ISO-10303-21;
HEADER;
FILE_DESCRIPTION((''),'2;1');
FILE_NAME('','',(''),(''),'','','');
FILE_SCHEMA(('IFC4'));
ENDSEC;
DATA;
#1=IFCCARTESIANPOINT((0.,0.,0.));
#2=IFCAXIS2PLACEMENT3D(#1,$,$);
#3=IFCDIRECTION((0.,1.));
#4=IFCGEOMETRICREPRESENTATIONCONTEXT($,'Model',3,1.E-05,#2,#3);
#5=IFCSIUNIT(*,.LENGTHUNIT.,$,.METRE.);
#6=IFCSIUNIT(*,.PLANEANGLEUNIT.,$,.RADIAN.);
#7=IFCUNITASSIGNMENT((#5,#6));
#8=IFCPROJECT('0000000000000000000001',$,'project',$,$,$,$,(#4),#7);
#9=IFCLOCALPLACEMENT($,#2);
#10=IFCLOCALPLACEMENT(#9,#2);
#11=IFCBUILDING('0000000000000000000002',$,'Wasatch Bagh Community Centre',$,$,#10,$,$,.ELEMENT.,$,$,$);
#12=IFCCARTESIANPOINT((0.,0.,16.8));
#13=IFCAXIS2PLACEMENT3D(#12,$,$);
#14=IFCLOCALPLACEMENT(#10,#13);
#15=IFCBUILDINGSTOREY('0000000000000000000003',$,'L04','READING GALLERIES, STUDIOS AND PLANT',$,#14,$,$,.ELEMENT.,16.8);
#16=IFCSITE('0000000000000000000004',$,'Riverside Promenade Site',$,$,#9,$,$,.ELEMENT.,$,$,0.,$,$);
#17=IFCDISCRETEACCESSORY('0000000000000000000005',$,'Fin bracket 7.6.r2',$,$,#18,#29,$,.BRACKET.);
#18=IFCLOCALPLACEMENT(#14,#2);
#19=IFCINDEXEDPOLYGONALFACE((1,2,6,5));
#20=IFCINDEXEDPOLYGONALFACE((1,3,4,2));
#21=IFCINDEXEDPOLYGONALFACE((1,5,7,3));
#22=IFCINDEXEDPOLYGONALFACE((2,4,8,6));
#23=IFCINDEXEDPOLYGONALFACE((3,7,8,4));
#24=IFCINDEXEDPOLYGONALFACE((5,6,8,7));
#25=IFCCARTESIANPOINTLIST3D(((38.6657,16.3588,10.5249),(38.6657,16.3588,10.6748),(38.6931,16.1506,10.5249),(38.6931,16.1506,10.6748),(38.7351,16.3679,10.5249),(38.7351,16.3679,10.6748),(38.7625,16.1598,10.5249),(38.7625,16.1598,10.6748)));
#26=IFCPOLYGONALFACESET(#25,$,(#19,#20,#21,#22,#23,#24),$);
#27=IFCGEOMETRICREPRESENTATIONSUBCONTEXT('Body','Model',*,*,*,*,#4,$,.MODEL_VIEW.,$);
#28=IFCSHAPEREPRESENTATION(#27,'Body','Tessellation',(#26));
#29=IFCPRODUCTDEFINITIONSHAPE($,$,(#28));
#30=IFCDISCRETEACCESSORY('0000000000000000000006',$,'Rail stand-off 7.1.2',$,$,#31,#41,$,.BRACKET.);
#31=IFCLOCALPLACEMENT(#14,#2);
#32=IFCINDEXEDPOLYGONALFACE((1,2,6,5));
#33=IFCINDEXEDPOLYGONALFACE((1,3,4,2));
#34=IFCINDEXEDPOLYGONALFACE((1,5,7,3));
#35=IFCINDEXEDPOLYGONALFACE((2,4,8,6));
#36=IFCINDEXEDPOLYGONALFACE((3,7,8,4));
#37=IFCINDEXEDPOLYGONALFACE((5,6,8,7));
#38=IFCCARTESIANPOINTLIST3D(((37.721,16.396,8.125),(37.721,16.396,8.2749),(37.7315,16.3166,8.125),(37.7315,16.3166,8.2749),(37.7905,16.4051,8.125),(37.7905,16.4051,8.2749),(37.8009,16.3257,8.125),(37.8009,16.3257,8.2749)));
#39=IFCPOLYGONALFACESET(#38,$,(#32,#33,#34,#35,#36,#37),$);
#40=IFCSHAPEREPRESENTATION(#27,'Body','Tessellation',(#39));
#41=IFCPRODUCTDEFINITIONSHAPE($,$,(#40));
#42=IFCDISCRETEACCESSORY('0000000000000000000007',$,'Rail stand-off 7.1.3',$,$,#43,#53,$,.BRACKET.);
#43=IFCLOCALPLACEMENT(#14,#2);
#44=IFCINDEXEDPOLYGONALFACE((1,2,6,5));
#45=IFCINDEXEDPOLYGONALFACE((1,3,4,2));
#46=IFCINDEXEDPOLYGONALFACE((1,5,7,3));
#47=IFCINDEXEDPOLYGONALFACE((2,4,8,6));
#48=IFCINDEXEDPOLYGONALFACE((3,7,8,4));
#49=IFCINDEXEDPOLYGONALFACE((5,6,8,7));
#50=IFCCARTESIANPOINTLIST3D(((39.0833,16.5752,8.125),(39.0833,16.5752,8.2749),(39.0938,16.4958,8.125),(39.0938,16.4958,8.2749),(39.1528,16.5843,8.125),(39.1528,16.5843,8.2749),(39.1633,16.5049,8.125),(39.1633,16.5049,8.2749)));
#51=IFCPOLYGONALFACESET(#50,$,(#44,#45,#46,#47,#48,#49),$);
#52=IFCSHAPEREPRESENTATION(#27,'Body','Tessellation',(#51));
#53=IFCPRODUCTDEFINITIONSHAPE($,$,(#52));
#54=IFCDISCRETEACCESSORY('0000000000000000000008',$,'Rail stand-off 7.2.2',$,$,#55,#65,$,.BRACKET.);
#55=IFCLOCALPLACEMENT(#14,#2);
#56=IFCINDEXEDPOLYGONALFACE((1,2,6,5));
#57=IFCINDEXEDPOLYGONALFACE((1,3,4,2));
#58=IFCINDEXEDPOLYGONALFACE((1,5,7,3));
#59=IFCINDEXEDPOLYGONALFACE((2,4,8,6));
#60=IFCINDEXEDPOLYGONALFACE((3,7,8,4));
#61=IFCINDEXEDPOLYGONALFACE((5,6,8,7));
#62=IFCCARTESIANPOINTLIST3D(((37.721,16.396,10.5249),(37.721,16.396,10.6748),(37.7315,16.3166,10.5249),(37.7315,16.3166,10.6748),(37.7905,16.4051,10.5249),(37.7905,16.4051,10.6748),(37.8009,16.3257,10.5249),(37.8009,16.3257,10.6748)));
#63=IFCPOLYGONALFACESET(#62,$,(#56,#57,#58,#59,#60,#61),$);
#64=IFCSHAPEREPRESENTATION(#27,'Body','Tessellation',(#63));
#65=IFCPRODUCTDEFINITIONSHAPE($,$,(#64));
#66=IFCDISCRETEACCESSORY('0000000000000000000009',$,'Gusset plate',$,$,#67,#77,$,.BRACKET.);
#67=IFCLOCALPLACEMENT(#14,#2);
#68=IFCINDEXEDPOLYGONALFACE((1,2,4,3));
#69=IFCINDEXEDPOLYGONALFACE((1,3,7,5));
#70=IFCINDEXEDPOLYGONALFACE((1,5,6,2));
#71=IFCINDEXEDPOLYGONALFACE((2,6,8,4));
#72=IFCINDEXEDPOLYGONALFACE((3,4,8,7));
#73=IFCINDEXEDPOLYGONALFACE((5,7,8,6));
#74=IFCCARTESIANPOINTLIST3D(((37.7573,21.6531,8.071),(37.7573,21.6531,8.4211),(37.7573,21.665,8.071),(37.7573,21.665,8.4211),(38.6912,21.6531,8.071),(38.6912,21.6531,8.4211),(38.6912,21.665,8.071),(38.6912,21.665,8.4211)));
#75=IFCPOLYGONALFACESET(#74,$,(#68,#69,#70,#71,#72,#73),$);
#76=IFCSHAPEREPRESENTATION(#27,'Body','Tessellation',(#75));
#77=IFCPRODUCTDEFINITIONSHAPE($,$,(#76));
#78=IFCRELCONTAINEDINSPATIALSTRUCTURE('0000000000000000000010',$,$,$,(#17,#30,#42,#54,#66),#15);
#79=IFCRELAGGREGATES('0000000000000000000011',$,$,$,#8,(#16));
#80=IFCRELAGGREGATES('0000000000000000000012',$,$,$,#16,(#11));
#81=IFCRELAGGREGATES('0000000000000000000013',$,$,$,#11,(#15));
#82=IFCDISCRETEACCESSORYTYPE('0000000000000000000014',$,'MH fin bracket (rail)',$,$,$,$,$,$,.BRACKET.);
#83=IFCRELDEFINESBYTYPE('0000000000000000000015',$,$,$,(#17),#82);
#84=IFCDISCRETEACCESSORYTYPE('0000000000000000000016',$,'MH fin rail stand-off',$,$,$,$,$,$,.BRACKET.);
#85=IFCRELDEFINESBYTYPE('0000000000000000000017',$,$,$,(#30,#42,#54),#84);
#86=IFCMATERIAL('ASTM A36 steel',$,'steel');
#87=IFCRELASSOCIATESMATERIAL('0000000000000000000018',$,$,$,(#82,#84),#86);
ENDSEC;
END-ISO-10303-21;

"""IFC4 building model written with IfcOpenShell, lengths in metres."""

from ifc_helpers import new_model, si_unit, direction, frame, origin, origin_2d, place, context, subcontext, project, spatial, polyline, rectangle, outline, extrude, material, type_object, element, save


model = new_model("IFC4")

# Units and contexts
model_context = context("Model", 3, precision=1e-05, world=origin(), true_north=direction((0.0, 1.0)))
body_context = subcontext(model_context, "Body", "Model", "MODEL_VIEW")
ifc_project = project(units=[si_unit("LENGTHUNIT", "METRE"), si_unit("PLANEANGLEUNIT", "RADIAN")], contexts=[model_context])

# Site, building, storey
site_placement = place(None, origin())
site = spatial("IfcSite", under=ifc_project, at=site_placement, Name="Riverside Promenade Site", CompositionType="ELEMENT", RefElevation=0.0)
building_placement = place(site_placement, origin())
building = spatial("IfcBuilding", under=site, at=building_placement, Name="Wasatch Bagh Community Centre", CompositionType="ELEMENT")
storey_placement = place(building_placement, frame((0.0, 0.0, 16.8)))
storey = spatial("IfcBuildingStorey", under=building, at=storey_placement, Name="L04", Description="READING GALLERIES, STUDIOS AND PLANT", CompositionType="ELEMENT", Elevation=16.8)

# Discrete accessories
ifc_material_1 = material(Name="ASTM A36 steel", Category="steel")
discrete_accessory_type_1 = type_object("IfcDiscreteAccessoryType", Name="MH fin bracket (rail)", PredefinedType="BRACKET", material=ifc_material_1)
for number, where, z_axis, x_axis, name in (
    (1, (38.7141, 16.2593, 10.5249), (0.0, 0.0, 1.0), (0.991445, 0.130526, 0.0), "Fin bracket 7.6.r2"),
):
    element("IfcDiscreteAccessory", number, at=place(storey_placement, frame(where, z_axis=z_axis, x_axis=x_axis)), inside=storey, type_object=discrete_accessory_type_1, Name=name, PredefinedType="BRACKET", context=body_context, shape_type="SweptSolid", body=[
        extrude(rectangle(XDim=0.0701, YDim=0.21, at=origin_2d()), origin(), (0.0, 0.0, 1.0), 0.1499),
    ])
discrete_accessory_type_2 = type_object("IfcDiscreteAccessoryType", Name="MH fin rail stand-off", PredefinedType="BRACKET", material=ifc_material_1)
for number, where, z_axis, x_axis, name in (
    (2, (37.761, 16.3608, 8.125), (0.0, 0.0, 1.0), (0.991445, 0.130526, 0.0), "Rail stand-off 7.1.2"),
    (3, (39.1233, 16.54, 8.125), (0.0, 0.0, 1.0), (0.991445, 0.130526, 0.0), "Rail stand-off 7.1.3"),
    (4, (37.761, 16.3608, 10.5249), (0.0, 0.0, 1.0), (0.991445, 0.130526, 0.0), "Rail stand-off 7.2.2"),
):
    element("IfcDiscreteAccessory", number, at=place(storey_placement, frame(where, z_axis=z_axis, x_axis=x_axis)), inside=storey, type_object=discrete_accessory_type_2, Name=name, PredefinedType="BRACKET", context=body_context, shape_type="SweptSolid", body=[
        extrude(rectangle(XDim=0.0701, YDim=0.0801, at=origin_2d()), origin(), (0.0, 0.0, 1.0), 0.1499),
    ])
discrete_accessory_placement = place(storey_placement, frame((37.7573, 21.6531, 8.071), z_axis=(0.0, -1.0, 0.0), x_axis=(1.0, 0.0, 0.0)))
element("IfcDiscreteAccessory", 5, at=discrete_accessory_placement, inside=storey, Name="Gusset plate", PredefinedType="BRACKET", context=body_context, shape_type="SweptSolid", body=[
    extrude(outline(polyline([(0.0, 0.0), (0.9338, 0.0), (0.9338, 0.3501), (0.0, 0.3501), (0.0, 0.0)])), origin(), (0.0, 0.0, -1.0), 0.012),
])

save(model, "model.ifc")
